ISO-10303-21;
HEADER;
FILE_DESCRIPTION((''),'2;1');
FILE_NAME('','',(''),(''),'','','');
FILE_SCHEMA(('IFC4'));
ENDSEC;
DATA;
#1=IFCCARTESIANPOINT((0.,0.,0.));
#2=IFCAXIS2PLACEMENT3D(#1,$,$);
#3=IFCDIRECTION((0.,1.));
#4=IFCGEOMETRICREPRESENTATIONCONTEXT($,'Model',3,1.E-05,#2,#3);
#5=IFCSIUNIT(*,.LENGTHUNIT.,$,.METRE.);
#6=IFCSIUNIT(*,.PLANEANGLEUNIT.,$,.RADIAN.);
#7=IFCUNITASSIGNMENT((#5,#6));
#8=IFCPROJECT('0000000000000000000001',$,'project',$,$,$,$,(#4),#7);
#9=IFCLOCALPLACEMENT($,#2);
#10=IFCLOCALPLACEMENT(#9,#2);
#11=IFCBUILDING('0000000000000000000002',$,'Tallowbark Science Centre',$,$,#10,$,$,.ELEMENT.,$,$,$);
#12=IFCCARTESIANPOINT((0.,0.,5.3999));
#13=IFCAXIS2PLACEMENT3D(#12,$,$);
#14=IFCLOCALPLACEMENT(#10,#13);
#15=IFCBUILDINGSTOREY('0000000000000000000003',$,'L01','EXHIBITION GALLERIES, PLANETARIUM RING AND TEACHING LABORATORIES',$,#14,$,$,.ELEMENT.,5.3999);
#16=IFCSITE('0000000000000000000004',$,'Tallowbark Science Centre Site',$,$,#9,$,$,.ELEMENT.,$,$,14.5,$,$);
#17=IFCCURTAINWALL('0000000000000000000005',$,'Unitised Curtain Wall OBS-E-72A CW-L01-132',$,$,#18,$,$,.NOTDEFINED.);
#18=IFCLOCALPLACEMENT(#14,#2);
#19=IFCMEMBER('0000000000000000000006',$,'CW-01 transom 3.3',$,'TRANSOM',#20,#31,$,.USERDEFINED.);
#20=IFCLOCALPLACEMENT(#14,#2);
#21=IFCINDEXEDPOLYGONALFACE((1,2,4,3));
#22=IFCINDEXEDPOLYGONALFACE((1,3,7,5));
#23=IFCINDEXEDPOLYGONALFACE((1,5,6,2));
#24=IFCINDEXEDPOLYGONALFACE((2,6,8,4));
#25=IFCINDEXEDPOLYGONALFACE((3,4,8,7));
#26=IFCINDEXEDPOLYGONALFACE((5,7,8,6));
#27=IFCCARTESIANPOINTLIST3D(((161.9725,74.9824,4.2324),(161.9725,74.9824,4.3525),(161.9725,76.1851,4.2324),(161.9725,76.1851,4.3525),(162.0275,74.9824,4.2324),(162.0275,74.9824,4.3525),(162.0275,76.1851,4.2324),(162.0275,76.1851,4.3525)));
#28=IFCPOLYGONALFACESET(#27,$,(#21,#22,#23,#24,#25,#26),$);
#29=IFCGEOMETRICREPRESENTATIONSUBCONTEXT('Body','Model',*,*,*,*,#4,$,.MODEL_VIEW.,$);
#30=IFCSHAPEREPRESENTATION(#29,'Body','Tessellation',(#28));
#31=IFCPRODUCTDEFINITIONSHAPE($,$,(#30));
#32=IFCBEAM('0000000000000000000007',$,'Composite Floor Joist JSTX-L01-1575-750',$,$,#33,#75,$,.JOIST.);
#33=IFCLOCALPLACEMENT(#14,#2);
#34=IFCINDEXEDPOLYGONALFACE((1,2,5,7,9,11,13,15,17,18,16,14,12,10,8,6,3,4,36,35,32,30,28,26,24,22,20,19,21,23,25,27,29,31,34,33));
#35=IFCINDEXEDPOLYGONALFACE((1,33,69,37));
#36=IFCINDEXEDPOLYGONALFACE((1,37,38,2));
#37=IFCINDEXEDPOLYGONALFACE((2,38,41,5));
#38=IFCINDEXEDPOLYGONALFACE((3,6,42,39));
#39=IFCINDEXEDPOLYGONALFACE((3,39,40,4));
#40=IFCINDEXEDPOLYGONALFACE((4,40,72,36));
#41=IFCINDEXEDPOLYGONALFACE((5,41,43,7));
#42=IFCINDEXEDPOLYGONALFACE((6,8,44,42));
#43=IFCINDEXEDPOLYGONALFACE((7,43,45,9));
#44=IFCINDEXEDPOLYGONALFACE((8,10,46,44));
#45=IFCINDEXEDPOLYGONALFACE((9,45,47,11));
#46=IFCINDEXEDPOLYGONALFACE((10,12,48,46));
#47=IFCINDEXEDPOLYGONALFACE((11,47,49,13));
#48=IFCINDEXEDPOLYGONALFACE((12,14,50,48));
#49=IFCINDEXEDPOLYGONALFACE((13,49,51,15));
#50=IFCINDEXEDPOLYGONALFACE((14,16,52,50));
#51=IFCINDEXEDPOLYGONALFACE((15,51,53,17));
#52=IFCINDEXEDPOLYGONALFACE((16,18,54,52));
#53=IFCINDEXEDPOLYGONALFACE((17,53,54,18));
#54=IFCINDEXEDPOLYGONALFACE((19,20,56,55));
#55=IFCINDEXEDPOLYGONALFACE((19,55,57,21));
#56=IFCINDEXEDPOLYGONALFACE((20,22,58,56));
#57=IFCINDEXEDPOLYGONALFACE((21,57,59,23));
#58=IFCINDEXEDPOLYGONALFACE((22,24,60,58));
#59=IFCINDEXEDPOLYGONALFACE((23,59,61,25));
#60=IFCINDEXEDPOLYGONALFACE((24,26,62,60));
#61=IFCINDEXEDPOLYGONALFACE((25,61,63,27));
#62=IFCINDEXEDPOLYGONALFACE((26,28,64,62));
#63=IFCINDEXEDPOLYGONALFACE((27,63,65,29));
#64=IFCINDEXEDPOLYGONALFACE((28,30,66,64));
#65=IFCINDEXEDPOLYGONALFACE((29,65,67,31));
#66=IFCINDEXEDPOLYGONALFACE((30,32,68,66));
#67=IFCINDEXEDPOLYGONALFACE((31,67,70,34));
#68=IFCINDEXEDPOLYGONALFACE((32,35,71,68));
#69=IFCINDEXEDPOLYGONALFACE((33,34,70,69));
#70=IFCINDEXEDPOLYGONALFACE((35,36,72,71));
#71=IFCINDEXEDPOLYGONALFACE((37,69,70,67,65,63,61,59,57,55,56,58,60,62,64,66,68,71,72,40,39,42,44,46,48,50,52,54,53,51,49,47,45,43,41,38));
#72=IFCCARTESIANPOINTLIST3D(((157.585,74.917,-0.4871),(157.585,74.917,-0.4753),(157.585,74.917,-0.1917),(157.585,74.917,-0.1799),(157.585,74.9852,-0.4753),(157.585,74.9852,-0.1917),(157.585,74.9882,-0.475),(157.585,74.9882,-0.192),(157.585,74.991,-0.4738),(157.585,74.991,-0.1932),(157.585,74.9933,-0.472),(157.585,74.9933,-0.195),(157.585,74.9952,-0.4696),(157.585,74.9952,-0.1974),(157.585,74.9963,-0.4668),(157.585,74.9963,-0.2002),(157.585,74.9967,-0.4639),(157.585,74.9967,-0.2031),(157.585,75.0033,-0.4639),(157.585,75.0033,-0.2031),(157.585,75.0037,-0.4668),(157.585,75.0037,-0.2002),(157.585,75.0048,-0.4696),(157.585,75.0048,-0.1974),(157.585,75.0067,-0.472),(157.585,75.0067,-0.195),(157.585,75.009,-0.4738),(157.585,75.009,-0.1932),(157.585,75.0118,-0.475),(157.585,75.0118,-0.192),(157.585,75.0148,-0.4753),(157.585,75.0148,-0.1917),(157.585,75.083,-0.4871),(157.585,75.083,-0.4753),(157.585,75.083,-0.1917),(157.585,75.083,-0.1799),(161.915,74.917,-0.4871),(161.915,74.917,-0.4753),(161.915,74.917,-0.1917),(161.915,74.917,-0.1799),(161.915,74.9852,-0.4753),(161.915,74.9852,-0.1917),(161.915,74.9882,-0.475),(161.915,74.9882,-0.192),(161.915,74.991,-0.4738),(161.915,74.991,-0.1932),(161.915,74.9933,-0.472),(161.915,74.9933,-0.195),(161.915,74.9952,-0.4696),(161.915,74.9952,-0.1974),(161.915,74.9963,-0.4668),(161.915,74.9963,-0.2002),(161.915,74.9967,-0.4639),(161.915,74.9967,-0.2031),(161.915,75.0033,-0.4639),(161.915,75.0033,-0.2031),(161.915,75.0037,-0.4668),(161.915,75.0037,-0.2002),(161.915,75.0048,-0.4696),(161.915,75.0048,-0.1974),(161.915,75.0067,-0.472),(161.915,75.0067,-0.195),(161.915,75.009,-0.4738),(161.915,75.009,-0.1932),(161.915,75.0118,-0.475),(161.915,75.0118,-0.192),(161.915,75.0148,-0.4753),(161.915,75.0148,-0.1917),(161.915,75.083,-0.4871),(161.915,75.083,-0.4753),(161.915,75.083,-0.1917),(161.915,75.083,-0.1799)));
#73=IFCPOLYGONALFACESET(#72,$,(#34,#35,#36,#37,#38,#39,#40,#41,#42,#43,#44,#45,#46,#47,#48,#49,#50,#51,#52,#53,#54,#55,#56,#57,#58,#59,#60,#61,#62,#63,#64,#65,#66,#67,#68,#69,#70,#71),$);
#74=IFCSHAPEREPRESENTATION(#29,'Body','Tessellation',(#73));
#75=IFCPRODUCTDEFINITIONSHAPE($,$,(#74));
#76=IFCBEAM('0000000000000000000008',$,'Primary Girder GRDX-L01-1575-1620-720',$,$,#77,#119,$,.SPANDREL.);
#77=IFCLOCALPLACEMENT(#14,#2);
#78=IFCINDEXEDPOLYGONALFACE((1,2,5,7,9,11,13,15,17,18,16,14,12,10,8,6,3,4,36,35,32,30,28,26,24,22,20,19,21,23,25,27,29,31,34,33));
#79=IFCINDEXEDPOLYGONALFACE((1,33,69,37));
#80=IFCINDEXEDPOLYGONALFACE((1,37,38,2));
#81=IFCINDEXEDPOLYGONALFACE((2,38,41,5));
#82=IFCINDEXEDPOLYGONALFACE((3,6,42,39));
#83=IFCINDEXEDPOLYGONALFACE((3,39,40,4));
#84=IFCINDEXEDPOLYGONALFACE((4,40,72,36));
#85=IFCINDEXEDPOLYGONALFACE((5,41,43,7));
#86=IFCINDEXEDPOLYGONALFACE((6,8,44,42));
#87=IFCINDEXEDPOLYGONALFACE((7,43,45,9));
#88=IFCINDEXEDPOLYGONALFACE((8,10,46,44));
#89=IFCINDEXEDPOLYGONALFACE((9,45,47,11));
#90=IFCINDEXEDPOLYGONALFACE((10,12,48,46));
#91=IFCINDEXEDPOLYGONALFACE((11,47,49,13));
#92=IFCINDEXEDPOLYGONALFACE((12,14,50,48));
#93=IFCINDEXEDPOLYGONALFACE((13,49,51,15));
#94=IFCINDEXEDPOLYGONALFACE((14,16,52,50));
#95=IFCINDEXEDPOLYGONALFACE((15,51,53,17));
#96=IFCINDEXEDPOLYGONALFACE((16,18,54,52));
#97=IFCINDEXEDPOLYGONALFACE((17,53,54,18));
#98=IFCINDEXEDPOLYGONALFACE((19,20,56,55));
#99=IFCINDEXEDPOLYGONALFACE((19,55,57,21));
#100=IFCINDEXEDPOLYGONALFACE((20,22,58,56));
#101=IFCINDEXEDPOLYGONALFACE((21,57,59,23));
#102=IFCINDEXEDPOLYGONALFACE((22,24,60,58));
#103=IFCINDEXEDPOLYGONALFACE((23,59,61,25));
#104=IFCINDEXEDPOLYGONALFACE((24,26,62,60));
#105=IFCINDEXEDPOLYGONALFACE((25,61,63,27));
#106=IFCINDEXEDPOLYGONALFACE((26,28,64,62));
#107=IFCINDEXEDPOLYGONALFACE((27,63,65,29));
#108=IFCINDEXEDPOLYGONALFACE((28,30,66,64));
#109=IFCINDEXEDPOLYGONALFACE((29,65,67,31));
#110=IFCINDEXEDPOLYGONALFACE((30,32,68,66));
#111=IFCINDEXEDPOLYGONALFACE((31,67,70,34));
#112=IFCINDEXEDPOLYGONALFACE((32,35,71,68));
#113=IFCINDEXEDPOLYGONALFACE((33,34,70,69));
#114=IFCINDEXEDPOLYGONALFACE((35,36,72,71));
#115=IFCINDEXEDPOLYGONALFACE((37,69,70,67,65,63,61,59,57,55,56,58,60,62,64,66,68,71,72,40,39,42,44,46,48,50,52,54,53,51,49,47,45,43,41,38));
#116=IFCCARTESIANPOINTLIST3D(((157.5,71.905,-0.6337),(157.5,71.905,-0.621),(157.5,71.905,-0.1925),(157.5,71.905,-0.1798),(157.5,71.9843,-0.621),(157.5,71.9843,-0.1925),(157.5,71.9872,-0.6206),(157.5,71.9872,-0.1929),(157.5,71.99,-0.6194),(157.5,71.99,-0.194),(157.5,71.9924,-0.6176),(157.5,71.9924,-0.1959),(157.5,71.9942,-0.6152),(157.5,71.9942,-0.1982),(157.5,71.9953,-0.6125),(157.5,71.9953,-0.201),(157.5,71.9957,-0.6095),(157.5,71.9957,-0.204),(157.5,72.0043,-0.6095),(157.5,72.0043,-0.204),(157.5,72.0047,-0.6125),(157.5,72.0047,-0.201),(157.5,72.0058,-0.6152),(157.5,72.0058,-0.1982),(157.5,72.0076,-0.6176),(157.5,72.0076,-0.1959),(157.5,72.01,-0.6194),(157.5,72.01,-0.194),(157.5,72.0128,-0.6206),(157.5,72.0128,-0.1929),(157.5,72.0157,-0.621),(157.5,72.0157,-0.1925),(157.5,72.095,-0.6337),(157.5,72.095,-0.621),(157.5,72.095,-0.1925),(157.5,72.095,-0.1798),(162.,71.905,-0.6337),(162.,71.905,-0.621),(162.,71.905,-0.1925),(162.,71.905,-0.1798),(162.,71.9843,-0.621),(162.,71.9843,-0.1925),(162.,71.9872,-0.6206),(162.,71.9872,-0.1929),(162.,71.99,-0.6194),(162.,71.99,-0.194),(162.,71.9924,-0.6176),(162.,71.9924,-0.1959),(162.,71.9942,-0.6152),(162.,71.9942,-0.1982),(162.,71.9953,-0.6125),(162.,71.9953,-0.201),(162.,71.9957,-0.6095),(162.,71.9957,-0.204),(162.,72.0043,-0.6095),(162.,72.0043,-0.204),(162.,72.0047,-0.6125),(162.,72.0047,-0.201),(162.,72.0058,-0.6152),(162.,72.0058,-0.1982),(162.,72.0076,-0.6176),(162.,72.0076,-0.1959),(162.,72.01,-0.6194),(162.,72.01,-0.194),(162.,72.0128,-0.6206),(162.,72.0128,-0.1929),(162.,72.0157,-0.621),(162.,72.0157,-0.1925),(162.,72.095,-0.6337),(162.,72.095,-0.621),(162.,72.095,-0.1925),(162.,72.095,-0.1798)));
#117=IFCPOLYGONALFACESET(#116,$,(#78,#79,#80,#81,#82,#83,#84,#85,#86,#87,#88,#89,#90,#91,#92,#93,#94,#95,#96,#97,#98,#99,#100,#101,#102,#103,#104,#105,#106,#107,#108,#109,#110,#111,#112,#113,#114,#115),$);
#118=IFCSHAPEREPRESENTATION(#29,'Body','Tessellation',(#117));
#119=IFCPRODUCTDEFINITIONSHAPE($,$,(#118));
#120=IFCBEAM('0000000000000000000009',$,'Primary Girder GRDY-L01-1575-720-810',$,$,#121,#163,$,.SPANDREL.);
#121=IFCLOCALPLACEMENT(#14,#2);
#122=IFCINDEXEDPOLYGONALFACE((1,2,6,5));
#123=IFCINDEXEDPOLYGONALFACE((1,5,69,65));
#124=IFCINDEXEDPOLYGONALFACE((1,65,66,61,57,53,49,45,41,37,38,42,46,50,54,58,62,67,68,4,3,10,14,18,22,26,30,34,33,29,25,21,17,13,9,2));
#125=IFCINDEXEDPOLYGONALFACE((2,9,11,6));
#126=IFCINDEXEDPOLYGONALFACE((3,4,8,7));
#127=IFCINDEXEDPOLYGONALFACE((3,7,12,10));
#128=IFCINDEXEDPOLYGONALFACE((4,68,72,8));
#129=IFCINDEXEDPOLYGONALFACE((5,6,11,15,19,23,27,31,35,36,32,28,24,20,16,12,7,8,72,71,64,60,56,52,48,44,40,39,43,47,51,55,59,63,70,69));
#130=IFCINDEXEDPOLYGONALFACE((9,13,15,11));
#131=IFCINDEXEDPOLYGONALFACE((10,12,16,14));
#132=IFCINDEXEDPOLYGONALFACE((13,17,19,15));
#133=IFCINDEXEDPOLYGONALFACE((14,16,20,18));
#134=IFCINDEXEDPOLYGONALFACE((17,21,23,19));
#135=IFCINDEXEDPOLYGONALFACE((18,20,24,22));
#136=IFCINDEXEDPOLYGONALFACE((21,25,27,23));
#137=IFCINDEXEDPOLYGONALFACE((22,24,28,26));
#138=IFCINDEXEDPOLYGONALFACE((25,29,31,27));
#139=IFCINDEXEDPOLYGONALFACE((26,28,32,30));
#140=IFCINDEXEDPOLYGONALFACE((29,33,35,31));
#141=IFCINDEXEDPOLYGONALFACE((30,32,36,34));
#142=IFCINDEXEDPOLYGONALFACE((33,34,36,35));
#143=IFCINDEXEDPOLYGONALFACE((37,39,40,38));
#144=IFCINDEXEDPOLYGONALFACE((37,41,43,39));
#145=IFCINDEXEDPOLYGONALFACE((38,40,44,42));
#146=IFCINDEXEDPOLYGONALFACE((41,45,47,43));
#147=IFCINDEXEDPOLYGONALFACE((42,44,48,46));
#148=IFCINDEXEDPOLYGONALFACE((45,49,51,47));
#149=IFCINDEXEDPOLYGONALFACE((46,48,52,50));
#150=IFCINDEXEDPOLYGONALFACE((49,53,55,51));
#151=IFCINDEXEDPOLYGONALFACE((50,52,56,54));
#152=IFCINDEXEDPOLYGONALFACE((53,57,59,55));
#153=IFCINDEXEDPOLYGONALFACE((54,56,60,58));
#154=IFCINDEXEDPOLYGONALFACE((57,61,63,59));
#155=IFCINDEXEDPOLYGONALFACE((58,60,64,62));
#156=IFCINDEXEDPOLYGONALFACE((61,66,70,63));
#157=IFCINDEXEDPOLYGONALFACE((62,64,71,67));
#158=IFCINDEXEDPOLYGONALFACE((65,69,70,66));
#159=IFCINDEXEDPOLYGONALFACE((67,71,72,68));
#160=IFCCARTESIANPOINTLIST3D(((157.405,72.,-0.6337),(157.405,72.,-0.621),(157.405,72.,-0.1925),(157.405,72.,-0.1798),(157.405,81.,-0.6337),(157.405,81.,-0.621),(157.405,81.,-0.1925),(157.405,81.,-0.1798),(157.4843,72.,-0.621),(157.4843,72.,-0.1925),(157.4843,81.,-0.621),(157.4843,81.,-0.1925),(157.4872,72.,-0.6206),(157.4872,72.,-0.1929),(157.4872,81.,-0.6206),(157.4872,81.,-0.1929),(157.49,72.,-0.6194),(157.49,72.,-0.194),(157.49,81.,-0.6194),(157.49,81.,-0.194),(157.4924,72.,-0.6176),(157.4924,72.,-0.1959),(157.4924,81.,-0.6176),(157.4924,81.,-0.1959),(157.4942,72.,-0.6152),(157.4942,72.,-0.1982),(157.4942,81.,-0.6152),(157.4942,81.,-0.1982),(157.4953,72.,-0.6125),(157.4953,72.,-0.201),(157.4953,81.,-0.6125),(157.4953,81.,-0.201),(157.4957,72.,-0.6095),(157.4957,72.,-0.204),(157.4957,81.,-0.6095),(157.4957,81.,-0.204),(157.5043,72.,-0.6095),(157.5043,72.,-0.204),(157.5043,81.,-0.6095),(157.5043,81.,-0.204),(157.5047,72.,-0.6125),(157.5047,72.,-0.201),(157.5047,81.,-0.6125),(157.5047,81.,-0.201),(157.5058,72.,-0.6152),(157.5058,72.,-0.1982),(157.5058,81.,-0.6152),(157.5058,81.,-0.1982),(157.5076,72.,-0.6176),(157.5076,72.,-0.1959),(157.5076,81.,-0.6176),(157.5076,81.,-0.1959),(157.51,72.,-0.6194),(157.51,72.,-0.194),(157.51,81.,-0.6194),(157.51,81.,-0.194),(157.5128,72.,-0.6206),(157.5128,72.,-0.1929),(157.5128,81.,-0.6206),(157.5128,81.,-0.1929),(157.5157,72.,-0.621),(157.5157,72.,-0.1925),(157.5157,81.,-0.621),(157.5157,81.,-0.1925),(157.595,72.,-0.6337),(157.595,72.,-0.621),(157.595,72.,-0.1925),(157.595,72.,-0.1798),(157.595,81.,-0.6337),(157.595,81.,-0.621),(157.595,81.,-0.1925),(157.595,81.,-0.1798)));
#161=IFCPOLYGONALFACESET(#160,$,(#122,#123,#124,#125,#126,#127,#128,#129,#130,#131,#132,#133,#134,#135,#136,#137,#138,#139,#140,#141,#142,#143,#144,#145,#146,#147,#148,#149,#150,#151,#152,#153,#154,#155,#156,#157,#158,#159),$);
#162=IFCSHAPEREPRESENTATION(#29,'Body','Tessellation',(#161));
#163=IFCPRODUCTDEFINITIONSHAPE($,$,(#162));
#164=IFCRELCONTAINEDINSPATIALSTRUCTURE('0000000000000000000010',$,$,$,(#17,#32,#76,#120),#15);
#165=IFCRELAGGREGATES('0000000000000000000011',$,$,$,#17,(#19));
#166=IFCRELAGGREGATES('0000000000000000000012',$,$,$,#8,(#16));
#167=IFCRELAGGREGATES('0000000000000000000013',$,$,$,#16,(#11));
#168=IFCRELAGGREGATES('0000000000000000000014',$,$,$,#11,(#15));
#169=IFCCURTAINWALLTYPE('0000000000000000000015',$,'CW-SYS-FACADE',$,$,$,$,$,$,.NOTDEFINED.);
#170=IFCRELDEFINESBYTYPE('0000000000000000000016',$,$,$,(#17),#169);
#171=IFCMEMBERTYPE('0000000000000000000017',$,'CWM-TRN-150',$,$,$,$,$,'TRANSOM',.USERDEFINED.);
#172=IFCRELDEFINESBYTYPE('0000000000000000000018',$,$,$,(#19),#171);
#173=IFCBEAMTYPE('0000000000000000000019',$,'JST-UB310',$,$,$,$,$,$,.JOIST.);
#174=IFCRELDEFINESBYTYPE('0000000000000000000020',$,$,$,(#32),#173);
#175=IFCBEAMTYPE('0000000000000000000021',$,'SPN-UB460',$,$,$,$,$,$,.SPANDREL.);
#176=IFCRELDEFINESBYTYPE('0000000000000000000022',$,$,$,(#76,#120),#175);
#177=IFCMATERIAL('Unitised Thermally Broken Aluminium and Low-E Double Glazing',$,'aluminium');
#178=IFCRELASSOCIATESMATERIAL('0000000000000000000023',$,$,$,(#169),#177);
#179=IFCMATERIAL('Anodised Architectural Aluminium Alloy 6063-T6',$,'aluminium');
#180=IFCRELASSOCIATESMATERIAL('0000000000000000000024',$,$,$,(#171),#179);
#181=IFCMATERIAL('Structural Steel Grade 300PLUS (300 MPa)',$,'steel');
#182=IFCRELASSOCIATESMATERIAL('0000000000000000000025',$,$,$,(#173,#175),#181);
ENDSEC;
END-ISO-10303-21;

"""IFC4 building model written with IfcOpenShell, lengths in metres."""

from ifc_helpers import new_model, si_unit, direction, frame, origin, origin_2d, place, context, subcontext, project, spatial, rectangle, i_section, extrude, material, material_profile, profile_set, type_object, element, aggregate, save


model = new_model("IFC4")

# Units and contexts
model_context = context("Model", 3, precision=1e-05, world=origin(), true_north=direction((0.0, 1.0)))
body_context = subcontext(model_context, "Body", "Model", "MODEL_VIEW")
ifc_project = project(units=[si_unit("LENGTHUNIT", "METRE"), si_unit("PLANEANGLEUNIT", "RADIAN")], contexts=[model_context])

# Site, building, storey
site_placement = place(None, origin())
site = spatial("IfcSite", under=ifc_project, at=site_placement, Name="Tallowbark Science Centre Site", CompositionType="ELEMENT", RefElevation=14.5)
building_placement = place(site_placement, origin())
building = spatial("IfcBuilding", under=site, at=building_placement, Name="Tallowbark Science Centre", CompositionType="ELEMENT")
storey_placement = place(building_placement, frame((0.0, 0.0, 5.3999)))
storey = spatial("IfcBuildingStorey", under=building, at=storey_placement, Name="L01", Description="EXHIBITION GALLERIES, PLANETARIUM RING AND TEACHING LABORATORIES", CompositionType="ELEMENT", Elevation=5.3999)

# Shared definitions
ifc_material_1 = material(Name="Structural Steel Grade 300PLUS (300 MPa)", Category="steel")

# Curtain wall, member
ifc_material_2 = material(Name="Unitised Thermally Broken Aluminium and Low-E Double Glazing", Category="aluminium")
curtain_wall_type = type_object("IfcCurtainWallType", Name="CW-SYS-FACADE", PredefinedType="NOTDEFINED", material=ifc_material_2)
curtain_wall_placement = place(storey_placement, origin())
curtain_wall = element("IfcCurtainWall", 1, at=curtain_wall_placement, inside=storey, type_object=curtain_wall_type, Name="Unitised Curtain Wall OBS-E-72A CW-L01-132", PredefinedType="NOTDEFINED")
ifc_material_3 = material(Name="Anodised Architectural Aluminium Alloy 6063-T6", Category="aluminium")
ifc_material_profile_1 = material_profile(ifc_material_3, rectangle(XDim=0.0549, YDim=0.1201, at=origin_2d()), Name="ALU55x120")
ifc_profile_set_1 = profile_set([ifc_material_profile_1], Name="Anodised Architectural Aluminium Alloy 6063-T6")
member_type_1 = type_object("IfcMemberType", Name="CWM-TRN-150", ElementType="TRANSOM", PredefinedType="USERDEFINED", material=ifc_profile_set_1)
member_1_placement = place(storey_placement, frame((162.0, 74.9824, 4.2925), z_axis=(0.0, 1.0, 0.0), x_axis=(-1.0, 0.0, 0.0)))
member_1 = element("IfcMember", 2, at=member_1_placement, type_object=member_type_1, Name="CW-01 transom 3.3", ObjectType="TRANSOM", PredefinedType="USERDEFINED", context=body_context, shape_type="SweptSolid", body=[
    extrude(rectangle(XDim=0.0549, YDim=0.1201, at=origin_2d()), origin(), (0.0, 0.0, 1.0), 1.2026),
])

# Beams
ifc_material_profile_2 = material_profile(ifc_material_1, i_section(OverallWidth=0.166, OverallDepth=0.3071, WebThickness=0.0066, FlangeThickness=0.0117, FilletRadius=0.0115, at=origin_2d()), Name="310UB46.2")
ifc_profile_set_2 = profile_set([ifc_material_profile_2], Name="Structural Steel Grade 300PLUS (300 MPa)")
beam_type_1 = type_object("IfcBeamType", Name="JST-UB310", PredefinedType="JOIST", material=ifc_profile_set_2)
beam_1_placement = place(storey_placement, frame((157.585, 75.0, -0.3335), z_axis=(1.0, 0.0, 0.0), x_axis=(0.0, 1.0, 0.0)))
element("IfcBeam", 3, at=beam_1_placement, inside=storey, type_object=beam_type_1, Name="Composite Floor Joist JSTX-L01-1575-750", PredefinedType="JOIST", context=body_context, shape_type="SweptSolid", body=[
    extrude(i_section(OverallWidth=0.166, OverallDepth=0.3071, WebThickness=0.0066, FlangeThickness=0.0117, FilletRadius=0.0115, at=origin_2d()), origin(), (0.0, 0.0, 1.0), 4.3301),
])
ifc_material_profile_3 = material_profile(ifc_material_1, i_section(OverallWidth=0.1899, OverallDepth=0.4539, WebThickness=0.0085, FlangeThickness=0.0127, FilletRadius=0.0115, at=origin_2d()), Name="460UB67.1")
ifc_profile_set_3 = profile_set([ifc_material_profile_3], Name="Structural Steel Grade 300PLUS (300 MPa)")
beam_type_2 = type_object("IfcBeamType", Name="SPN-UB460", PredefinedType="SPANDREL", material=ifc_profile_set_3)
beam_2_placement = place(storey_placement, frame((157.5, 72.0, -0.4067), z_axis=(1.0, 0.0, 0.0), x_axis=(0.0, 1.0, 0.0)))
element("IfcBeam", 4, at=beam_2_placement, inside=storey, type_object=beam_type_2, Name="Primary Girder GRDX-L01-1575-1620-720", PredefinedType="SPANDREL", context=body_context, shape_type="SweptSolid", body=[
    extrude(i_section(OverallWidth=0.1899, OverallDepth=0.4539, WebThickness=0.0085, FlangeThickness=0.0127, FilletRadius=0.0115, at=origin_2d()), origin(), (0.0, 0.0, 1.0), 4.5),
])
for number, where, z_axis, x_axis, name in (
    (5, (157.5, 72.0, -0.4067), (0.0, 1.0, 0.0), (-1.0, 0.0, 0.0), "Primary Girder GRDY-L01-1575-720-810"),
):
    element("IfcBeam", number, at=place(storey_placement, frame(where, z_axis=z_axis, x_axis=x_axis)), inside=storey, type_object=beam_type_2, Name=name, PredefinedType="SPANDREL", context=body_context, shape_type="SweptSolid", body=[
        extrude(i_section(OverallWidth=0.1899, OverallDepth=0.4539, WebThickness=0.0085, FlangeThickness=0.0127, FilletRadius=0.0115, at=origin_2d()), origin(), (0.0, 0.0, 1.0), 9.0),
    ])

aggregate(curtain_wall, [member_1])

save(model, "model.ifc")
